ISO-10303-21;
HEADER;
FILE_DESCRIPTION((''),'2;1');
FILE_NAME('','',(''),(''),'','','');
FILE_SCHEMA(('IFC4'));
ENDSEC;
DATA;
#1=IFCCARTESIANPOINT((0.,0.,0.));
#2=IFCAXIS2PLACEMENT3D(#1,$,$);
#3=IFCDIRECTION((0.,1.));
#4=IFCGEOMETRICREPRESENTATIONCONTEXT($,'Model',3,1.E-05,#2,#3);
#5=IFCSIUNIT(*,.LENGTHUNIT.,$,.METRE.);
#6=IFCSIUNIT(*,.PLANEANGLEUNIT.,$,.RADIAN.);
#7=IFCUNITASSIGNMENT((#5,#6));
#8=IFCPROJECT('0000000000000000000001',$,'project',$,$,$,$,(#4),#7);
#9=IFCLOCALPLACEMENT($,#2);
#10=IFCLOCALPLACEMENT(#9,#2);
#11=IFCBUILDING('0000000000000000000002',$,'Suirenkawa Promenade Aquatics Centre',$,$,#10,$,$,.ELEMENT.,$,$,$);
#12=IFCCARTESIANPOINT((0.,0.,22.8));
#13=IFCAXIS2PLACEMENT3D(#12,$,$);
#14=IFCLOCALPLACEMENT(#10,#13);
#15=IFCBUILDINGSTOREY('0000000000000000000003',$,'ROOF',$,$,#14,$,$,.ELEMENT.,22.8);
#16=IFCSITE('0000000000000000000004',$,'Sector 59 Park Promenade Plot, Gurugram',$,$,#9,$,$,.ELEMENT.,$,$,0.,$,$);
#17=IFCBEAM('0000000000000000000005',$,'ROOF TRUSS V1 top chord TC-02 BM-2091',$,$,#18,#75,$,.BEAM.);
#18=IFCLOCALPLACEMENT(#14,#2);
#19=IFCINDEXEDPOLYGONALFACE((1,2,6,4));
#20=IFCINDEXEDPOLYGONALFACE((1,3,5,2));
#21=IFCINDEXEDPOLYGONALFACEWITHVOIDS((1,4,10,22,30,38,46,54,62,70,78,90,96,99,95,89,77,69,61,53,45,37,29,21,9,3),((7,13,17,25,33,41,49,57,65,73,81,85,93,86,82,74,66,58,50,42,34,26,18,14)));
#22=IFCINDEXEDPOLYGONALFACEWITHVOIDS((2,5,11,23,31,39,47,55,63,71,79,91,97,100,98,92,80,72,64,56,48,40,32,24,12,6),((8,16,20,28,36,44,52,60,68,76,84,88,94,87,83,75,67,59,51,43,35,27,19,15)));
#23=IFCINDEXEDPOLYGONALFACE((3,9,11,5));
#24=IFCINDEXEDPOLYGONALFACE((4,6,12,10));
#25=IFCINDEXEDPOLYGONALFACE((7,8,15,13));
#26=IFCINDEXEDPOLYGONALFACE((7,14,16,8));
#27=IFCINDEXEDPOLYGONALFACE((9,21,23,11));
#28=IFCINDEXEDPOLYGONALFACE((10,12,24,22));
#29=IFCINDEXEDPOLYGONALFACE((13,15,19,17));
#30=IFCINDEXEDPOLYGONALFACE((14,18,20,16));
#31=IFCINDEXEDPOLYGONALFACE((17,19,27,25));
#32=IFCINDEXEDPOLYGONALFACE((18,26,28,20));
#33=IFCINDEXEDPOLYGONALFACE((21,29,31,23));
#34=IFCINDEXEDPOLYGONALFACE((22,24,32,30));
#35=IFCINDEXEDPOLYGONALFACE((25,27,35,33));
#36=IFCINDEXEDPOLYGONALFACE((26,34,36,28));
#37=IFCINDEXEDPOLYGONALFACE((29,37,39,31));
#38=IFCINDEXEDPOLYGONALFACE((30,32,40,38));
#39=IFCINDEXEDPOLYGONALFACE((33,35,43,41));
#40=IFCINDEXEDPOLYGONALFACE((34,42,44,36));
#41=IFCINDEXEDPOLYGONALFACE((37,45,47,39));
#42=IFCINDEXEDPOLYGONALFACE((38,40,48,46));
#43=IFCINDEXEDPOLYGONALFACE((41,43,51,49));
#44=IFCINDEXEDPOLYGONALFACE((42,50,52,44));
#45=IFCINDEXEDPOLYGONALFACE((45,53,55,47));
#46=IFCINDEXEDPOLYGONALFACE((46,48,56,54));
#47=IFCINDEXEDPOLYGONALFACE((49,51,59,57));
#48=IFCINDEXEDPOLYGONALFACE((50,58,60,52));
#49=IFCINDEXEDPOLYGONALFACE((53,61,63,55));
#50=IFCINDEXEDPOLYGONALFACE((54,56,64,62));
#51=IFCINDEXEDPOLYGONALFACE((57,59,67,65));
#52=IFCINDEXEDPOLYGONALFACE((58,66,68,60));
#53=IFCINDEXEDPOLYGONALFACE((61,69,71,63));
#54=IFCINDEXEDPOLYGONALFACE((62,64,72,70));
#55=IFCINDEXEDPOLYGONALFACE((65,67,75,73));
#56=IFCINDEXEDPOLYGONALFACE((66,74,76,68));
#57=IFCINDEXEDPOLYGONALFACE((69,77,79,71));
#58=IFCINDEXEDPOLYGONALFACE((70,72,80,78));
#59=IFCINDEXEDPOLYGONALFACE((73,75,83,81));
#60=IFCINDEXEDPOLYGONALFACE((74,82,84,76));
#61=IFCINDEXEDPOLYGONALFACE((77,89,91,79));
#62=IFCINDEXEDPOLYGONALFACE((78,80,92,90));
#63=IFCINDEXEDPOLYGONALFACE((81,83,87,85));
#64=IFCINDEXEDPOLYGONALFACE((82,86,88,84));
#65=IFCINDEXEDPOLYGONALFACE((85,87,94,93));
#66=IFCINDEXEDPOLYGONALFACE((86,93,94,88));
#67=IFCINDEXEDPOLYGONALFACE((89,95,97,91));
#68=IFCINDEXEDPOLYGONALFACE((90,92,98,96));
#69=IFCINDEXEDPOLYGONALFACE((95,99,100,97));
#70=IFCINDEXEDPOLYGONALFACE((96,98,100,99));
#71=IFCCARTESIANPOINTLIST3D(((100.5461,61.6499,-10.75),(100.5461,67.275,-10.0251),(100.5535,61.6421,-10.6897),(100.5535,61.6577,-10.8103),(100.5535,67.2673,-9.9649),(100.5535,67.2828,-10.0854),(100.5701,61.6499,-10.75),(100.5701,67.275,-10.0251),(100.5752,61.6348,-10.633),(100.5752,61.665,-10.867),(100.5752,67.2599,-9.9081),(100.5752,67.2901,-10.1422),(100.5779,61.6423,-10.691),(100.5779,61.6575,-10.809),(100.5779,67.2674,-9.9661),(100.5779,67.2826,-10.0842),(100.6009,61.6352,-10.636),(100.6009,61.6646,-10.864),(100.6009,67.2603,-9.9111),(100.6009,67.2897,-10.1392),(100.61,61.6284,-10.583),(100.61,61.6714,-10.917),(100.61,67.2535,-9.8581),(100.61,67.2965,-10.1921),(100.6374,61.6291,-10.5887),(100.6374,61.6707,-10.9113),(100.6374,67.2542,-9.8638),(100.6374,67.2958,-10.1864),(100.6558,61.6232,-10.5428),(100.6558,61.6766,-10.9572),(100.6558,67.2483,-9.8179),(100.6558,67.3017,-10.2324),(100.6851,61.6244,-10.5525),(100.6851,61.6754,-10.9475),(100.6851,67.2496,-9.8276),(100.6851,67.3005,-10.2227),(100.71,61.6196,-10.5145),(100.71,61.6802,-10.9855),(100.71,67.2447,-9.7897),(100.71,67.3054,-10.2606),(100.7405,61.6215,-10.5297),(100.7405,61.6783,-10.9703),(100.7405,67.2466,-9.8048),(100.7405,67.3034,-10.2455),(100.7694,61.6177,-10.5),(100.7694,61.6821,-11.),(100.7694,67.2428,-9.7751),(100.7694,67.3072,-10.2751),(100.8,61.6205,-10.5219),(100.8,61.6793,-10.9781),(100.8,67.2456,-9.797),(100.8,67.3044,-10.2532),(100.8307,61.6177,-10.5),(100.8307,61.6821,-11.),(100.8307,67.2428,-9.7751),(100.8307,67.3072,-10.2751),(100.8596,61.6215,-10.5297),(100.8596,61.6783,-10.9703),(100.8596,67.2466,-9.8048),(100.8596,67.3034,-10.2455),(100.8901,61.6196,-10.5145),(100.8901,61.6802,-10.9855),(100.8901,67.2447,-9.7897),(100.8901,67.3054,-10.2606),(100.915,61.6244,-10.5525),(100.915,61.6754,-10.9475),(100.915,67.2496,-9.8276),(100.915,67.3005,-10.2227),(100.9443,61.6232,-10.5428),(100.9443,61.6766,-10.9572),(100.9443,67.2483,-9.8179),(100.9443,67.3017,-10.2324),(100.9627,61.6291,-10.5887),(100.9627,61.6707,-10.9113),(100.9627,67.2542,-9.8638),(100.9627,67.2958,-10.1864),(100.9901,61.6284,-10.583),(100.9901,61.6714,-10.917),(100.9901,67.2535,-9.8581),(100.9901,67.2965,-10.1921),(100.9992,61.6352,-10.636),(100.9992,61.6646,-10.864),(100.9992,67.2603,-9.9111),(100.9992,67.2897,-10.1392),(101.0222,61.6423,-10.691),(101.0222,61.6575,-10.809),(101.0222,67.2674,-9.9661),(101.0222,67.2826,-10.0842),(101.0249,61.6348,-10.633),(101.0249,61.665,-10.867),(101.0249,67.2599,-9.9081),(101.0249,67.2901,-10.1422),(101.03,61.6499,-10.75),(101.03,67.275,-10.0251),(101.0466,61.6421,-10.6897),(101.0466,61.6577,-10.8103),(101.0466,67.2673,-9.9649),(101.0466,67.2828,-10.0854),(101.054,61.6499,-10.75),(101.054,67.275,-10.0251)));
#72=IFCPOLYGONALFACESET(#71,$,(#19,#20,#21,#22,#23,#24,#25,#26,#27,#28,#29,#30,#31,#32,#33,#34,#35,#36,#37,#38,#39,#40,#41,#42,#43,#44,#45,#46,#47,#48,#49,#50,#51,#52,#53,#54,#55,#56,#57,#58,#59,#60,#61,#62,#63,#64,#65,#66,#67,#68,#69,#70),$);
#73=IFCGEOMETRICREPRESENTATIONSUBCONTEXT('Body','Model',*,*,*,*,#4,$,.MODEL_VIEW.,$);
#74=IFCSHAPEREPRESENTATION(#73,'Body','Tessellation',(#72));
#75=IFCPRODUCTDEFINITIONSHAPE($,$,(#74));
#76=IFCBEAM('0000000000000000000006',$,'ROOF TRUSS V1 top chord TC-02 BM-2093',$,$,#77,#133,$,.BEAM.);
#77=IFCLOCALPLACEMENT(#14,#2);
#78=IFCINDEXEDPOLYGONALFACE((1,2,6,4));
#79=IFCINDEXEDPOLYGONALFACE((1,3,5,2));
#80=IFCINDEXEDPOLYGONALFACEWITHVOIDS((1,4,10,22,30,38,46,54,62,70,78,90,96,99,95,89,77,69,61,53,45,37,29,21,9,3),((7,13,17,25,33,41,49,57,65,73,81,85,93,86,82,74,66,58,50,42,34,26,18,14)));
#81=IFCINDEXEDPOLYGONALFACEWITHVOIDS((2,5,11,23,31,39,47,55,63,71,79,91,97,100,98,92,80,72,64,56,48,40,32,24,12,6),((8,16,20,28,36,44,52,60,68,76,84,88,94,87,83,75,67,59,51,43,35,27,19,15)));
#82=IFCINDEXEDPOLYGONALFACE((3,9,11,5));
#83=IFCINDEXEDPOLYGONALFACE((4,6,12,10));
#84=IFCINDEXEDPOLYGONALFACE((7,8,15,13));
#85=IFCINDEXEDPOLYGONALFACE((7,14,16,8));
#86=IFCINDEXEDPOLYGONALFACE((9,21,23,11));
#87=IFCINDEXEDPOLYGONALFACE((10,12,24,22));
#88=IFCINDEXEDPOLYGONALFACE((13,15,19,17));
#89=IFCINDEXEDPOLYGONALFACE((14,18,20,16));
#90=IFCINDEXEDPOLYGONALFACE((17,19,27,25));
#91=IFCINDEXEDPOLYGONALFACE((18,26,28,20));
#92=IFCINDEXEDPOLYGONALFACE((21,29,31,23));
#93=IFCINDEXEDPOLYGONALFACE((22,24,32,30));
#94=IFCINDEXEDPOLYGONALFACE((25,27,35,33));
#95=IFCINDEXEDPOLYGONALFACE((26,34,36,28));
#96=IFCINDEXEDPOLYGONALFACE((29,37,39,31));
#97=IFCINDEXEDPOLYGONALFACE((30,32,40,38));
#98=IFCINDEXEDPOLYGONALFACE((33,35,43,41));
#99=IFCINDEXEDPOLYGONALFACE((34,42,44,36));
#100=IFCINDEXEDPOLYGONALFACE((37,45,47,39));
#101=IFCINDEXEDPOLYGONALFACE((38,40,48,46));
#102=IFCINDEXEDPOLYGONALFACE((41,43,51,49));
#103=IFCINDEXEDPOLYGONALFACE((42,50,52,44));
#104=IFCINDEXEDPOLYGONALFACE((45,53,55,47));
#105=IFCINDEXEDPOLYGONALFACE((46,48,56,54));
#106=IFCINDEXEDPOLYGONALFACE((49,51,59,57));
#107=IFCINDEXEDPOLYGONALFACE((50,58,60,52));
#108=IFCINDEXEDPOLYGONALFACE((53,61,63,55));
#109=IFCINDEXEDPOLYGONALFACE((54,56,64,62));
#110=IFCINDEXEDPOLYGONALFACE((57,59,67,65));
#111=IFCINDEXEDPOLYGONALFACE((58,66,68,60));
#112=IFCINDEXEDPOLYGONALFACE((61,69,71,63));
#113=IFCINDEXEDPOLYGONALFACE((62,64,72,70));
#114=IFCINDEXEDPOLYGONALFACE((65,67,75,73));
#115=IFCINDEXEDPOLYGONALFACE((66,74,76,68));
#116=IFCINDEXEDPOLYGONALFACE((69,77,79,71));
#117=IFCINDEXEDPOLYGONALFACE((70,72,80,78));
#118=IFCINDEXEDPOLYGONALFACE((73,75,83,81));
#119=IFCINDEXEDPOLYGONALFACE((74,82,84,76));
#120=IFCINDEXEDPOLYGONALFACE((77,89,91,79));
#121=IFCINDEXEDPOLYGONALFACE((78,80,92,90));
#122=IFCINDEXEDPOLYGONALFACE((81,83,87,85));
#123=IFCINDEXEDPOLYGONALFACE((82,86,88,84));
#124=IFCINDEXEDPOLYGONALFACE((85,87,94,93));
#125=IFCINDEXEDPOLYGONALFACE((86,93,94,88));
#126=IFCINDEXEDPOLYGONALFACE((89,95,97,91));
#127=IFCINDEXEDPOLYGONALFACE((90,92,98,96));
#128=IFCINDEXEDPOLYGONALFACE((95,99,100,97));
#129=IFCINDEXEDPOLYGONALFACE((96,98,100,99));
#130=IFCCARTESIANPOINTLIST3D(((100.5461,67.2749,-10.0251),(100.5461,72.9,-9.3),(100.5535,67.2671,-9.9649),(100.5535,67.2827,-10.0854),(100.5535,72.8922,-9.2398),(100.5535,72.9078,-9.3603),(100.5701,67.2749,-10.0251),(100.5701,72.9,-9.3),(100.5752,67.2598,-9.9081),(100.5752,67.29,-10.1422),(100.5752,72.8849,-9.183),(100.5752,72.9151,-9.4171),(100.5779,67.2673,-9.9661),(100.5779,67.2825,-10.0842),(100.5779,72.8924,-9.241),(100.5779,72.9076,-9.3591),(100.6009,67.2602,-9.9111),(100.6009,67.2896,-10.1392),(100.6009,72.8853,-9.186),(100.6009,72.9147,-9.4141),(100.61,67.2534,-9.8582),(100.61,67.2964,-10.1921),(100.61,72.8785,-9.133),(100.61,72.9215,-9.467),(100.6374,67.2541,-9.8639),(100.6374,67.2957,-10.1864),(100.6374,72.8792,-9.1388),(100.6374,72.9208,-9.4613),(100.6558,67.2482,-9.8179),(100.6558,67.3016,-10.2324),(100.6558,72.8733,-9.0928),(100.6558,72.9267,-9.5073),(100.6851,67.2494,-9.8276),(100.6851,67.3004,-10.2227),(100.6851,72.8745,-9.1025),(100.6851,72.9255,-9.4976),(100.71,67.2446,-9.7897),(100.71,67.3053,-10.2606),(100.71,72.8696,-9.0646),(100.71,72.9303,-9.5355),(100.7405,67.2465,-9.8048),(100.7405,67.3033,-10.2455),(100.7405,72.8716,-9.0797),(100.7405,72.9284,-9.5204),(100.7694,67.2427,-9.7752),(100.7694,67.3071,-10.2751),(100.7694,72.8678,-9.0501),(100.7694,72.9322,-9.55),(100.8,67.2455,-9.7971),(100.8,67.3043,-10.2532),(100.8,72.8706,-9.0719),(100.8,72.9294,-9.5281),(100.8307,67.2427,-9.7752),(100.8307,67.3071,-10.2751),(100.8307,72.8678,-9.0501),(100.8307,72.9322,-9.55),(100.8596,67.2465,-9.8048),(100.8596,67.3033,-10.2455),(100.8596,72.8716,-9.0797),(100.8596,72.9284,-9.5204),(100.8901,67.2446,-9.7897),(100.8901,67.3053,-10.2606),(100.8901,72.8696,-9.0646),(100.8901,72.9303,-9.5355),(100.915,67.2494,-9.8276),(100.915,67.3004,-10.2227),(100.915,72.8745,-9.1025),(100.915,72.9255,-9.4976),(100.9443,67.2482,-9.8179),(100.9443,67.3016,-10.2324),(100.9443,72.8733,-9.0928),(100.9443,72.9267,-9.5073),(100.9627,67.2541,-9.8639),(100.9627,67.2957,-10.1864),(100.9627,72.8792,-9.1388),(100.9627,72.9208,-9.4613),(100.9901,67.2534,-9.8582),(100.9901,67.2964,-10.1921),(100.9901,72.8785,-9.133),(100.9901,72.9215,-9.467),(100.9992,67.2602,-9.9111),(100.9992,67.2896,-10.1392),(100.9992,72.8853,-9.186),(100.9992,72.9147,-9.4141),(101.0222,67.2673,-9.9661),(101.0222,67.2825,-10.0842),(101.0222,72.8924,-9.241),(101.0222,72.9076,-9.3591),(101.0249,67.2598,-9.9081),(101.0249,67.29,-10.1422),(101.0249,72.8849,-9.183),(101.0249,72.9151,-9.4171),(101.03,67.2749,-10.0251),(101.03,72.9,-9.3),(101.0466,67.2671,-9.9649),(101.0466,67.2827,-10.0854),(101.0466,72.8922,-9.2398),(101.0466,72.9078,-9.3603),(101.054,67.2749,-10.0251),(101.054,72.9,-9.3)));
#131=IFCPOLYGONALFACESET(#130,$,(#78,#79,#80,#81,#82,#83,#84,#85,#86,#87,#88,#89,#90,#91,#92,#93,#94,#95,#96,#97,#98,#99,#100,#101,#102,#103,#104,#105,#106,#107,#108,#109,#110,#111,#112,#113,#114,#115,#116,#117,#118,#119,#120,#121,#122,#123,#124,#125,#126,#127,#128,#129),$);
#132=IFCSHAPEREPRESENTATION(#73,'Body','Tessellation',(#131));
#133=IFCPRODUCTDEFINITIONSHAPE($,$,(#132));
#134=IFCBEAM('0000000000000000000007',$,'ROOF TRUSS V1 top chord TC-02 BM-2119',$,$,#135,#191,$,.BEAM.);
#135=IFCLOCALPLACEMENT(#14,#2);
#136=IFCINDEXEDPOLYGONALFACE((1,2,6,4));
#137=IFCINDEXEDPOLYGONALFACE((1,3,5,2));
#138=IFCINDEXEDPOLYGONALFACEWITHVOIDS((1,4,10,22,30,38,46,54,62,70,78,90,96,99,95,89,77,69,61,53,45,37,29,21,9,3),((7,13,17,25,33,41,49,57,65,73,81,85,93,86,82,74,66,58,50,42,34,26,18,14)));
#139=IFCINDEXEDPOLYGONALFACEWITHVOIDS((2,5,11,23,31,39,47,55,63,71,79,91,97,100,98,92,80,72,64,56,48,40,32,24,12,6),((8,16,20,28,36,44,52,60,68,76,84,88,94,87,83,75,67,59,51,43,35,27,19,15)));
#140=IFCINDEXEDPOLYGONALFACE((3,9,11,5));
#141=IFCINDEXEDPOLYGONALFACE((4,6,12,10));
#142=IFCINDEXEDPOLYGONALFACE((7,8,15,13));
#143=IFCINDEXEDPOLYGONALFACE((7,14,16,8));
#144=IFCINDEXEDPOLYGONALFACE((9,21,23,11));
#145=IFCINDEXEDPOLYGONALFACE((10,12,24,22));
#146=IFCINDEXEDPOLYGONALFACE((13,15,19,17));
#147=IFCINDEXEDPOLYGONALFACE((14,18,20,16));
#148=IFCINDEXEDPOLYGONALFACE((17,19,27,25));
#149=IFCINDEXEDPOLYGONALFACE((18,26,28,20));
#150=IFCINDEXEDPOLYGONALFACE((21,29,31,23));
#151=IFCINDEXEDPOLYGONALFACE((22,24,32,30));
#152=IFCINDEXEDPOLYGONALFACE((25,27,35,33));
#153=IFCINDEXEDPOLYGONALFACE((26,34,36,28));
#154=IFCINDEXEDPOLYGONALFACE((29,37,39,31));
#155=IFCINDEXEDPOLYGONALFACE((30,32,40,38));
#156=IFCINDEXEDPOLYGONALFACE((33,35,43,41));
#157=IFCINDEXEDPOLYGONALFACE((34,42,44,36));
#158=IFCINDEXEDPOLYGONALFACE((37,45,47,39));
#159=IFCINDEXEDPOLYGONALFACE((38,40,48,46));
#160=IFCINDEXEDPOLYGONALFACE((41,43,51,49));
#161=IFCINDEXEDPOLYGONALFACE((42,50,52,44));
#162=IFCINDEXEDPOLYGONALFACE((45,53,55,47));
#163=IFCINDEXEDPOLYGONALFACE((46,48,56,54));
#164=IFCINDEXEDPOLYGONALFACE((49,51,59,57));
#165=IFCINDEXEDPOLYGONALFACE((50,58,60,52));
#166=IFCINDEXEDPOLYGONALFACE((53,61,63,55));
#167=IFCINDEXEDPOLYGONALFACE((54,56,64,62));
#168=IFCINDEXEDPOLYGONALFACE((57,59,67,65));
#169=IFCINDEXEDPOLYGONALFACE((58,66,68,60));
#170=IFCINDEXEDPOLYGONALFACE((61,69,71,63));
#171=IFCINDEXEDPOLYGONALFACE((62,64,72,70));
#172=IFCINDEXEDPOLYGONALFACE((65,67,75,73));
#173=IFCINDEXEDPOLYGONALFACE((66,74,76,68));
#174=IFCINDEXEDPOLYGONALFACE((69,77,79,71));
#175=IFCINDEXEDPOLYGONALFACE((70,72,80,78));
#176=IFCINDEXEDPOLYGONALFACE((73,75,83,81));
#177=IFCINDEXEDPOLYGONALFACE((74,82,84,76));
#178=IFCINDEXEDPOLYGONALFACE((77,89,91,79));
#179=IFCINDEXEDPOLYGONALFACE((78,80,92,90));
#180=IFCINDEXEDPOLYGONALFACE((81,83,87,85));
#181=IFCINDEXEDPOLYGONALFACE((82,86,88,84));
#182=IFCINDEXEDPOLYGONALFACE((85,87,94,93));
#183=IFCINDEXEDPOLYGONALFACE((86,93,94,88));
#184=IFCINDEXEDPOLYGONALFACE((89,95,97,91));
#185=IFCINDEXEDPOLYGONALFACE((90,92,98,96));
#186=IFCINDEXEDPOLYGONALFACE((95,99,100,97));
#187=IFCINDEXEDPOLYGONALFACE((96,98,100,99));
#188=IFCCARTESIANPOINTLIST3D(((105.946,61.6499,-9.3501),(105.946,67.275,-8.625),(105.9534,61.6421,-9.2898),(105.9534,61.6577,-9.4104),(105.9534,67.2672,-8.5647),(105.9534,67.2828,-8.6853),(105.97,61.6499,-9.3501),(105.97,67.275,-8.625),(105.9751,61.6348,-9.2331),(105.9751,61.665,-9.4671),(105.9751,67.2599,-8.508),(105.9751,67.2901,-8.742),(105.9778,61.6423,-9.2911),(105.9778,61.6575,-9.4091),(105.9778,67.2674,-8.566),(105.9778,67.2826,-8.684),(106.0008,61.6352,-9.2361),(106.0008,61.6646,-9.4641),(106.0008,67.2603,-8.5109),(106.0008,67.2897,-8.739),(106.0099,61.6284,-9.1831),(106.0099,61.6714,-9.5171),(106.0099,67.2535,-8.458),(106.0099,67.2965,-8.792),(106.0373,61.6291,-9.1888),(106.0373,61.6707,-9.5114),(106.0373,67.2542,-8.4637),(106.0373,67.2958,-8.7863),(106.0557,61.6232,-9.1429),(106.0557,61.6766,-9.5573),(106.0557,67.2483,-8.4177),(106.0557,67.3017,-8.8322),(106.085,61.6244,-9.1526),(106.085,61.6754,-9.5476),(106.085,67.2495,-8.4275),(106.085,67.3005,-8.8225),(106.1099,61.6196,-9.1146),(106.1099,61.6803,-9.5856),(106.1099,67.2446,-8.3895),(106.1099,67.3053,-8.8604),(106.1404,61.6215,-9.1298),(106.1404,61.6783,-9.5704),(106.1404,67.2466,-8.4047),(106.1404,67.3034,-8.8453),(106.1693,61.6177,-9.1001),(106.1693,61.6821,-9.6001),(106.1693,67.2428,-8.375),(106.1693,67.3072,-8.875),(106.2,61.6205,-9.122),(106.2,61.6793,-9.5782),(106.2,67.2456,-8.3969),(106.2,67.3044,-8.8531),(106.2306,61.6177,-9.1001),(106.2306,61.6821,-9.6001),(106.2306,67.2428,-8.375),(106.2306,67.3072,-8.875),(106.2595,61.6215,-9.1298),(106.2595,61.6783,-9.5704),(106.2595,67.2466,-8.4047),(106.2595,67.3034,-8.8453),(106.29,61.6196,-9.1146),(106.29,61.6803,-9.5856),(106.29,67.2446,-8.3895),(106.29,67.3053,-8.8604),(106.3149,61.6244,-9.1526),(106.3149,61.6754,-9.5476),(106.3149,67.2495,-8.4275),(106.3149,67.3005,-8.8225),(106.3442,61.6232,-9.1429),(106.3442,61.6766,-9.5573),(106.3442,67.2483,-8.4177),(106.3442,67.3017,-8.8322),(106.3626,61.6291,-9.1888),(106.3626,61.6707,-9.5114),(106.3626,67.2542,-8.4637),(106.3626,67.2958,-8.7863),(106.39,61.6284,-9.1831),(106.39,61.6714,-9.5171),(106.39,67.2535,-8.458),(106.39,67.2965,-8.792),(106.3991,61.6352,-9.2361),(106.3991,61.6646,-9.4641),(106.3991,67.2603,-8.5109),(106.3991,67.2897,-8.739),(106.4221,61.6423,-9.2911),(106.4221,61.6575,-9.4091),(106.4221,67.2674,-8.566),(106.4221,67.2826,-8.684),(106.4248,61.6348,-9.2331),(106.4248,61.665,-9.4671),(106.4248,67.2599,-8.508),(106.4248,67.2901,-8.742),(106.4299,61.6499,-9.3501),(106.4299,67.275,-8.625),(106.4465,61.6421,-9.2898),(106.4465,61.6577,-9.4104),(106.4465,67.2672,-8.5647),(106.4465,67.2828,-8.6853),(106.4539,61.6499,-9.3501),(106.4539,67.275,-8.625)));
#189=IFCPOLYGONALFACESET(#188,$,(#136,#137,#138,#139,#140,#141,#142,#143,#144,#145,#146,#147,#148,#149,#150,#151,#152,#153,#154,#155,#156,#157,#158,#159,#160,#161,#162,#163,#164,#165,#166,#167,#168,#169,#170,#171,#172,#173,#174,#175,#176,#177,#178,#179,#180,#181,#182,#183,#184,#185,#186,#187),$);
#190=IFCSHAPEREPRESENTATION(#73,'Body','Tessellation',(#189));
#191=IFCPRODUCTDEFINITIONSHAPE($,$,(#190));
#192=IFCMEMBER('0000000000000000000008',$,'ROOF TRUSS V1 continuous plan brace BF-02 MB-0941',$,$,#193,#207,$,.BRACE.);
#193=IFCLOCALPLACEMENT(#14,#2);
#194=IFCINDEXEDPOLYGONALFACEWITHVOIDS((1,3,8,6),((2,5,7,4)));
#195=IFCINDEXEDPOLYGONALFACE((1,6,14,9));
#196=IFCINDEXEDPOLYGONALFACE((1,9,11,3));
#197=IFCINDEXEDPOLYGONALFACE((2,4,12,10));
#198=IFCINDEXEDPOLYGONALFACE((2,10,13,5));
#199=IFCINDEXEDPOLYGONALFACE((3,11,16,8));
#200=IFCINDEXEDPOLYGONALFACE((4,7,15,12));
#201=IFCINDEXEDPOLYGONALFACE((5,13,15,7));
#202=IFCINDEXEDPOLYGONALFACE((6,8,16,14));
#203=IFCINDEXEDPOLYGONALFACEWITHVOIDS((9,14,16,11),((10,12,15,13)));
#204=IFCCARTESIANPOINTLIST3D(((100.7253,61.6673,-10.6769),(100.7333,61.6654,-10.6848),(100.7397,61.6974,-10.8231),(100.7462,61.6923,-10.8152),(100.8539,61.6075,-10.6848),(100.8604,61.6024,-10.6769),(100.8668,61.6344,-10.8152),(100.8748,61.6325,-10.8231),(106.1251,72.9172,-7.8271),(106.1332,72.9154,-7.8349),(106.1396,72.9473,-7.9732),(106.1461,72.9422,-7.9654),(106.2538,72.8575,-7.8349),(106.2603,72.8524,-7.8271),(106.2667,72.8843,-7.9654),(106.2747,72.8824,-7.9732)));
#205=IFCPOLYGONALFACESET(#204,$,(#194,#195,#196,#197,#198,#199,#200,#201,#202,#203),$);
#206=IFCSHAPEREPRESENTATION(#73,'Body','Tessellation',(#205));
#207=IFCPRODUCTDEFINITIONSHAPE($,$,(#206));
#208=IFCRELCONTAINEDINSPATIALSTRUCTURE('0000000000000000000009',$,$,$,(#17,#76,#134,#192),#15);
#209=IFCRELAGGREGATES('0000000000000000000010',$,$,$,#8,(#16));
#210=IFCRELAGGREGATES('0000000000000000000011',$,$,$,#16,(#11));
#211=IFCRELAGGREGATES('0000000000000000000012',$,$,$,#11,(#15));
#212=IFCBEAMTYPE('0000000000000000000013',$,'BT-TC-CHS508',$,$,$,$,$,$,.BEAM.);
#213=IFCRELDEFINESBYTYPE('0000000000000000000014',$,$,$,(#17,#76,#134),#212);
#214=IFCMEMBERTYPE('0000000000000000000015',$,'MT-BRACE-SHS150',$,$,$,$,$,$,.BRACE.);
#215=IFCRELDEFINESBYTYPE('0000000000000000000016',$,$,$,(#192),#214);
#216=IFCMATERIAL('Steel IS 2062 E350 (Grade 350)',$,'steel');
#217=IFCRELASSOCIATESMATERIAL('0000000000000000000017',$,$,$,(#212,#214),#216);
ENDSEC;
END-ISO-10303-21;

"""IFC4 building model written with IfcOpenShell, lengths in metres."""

from ifc_helpers import new_model, si_unit, direction, frame, origin, origin_2d, place, context, subcontext, project, spatial, hollow_rectangle, hollow_circle, extrude, material, material_profile, profile_set, type_object, element, save


model = new_model("IFC4")

# Units and contexts
model_context = context("Model", 3, precision=1e-05, world=origin(), true_north=direction((0.0, 1.0)))
body_context = subcontext(model_context, "Body", "Model", "MODEL_VIEW")
ifc_project = project(units=[si_unit("LENGTHUNIT", "METRE"), si_unit("PLANEANGLEUNIT", "RADIAN")], contexts=[model_context])

# Site, building, storey
site_placement = place(None, origin())
site = spatial("IfcSite", under=ifc_project, at=site_placement, Name="Sector 59 Park Promenade Plot, Gurugram", CompositionType="ELEMENT", RefElevation=0.0)
building_placement = place(site_placement, origin())
building = spatial("IfcBuilding", under=site, at=building_placement, Name="Suirenkawa Promenade Aquatics Centre", CompositionType="ELEMENT")
storey_placement = place(building_placement, frame((0.0, 0.0, 22.8)))
storey = spatial("IfcBuildingStorey", under=building, at=storey_placement, Name="ROOF", CompositionType="ELEMENT", Elevation=22.8)

# Beams
ifc_material = material(Name="Steel IS 2062 E350 (Grade 350)", Category="steel")
ifc_material_profile_1 = material_profile(ifc_material, hollow_circle(Radius=0.2539, WallThickness=0.0239, at=origin_2d()), Name="CHS 508x24", Category="steel")
ifc_profile_set_1 = profile_set([ifc_material_profile_1], Name="Steel IS 2062 E350 (Grade 350)")
beam_type_1 = type_object("IfcBeamType", Name="BT-TC-CHS508", PredefinedType="BEAM", material=ifc_profile_set_1)
for number, where, z_axis, x_axis, name in (
    (1, (100.8, 61.6499, -10.75), (0.0, 0.991799, 0.127806), (-1.0, 0.0, 0.0), "ROOF TRUSS V1 top chord TC-02 BM-2091"),
    (2, (100.8, 67.2749, -10.0251), (0.0, 0.991794, 0.127848), (-1.0, 0.0, 0.0), "ROOF TRUSS V1 top chord TC-02 BM-2093"),
    (3, (106.2, 61.6499, -9.3501), (0.0, 0.991794, 0.127848), (-1.0, 0.0, 0.0), "ROOF TRUSS V1 top chord TC-02 BM-2119"),
):
    element("IfcBeam", number, at=place(storey_placement, frame(where, z_axis=z_axis, x_axis=x_axis)), inside=storey, type_object=beam_type_1, Name=name, PredefinedType="BEAM", context=body_context, shape_type="SweptSolid", body=[
        extrude(hollow_circle(Radius=0.2539, WallThickness=0.0239, at=origin_2d()), origin(), (0.0, 0.0, 1.0), 5.6716),
    ])

# Member
ifc_material_profile_2 = material_profile(ifc_material, hollow_rectangle(XDim=0.1499, YDim=0.1499, WallThickness=0.0081, at=origin_2d()), Name="SHS 150x150x8", Category="steel")
ifc_profile_set_2 = profile_set([ifc_material_profile_2], Name="Steel IS 2062 E350 (Grade 350)")
member_type_1 = type_object("IfcMemberType", Name="MT-BRACE-SHS150", PredefinedType="BRACE", material=ifc_profile_set_2)
member_1_placement = place(storey_placement, frame((100.8, 61.6499, -10.75), z_axis=(0.421863, 0.878898, 0.222643), x_axis=(-0.901526, 0.432725, 0.0)))
element("IfcMember", 4, at=member_1_placement, inside=storey, type_object=member_type_1, Name="ROOF TRUSS V1 continuous plan brace BF-02 MB-0941", PredefinedType="BRACE", context=body_context, shape_type="SweptSolid", body=[
    extrude(hollow_rectangle(XDim=0.1499, YDim=0.1499, WallThickness=0.0081, at=origin_2d()), origin(), (0.0, 0.0, 1.0), 12.8),
])

save(model, "model.ifc")
